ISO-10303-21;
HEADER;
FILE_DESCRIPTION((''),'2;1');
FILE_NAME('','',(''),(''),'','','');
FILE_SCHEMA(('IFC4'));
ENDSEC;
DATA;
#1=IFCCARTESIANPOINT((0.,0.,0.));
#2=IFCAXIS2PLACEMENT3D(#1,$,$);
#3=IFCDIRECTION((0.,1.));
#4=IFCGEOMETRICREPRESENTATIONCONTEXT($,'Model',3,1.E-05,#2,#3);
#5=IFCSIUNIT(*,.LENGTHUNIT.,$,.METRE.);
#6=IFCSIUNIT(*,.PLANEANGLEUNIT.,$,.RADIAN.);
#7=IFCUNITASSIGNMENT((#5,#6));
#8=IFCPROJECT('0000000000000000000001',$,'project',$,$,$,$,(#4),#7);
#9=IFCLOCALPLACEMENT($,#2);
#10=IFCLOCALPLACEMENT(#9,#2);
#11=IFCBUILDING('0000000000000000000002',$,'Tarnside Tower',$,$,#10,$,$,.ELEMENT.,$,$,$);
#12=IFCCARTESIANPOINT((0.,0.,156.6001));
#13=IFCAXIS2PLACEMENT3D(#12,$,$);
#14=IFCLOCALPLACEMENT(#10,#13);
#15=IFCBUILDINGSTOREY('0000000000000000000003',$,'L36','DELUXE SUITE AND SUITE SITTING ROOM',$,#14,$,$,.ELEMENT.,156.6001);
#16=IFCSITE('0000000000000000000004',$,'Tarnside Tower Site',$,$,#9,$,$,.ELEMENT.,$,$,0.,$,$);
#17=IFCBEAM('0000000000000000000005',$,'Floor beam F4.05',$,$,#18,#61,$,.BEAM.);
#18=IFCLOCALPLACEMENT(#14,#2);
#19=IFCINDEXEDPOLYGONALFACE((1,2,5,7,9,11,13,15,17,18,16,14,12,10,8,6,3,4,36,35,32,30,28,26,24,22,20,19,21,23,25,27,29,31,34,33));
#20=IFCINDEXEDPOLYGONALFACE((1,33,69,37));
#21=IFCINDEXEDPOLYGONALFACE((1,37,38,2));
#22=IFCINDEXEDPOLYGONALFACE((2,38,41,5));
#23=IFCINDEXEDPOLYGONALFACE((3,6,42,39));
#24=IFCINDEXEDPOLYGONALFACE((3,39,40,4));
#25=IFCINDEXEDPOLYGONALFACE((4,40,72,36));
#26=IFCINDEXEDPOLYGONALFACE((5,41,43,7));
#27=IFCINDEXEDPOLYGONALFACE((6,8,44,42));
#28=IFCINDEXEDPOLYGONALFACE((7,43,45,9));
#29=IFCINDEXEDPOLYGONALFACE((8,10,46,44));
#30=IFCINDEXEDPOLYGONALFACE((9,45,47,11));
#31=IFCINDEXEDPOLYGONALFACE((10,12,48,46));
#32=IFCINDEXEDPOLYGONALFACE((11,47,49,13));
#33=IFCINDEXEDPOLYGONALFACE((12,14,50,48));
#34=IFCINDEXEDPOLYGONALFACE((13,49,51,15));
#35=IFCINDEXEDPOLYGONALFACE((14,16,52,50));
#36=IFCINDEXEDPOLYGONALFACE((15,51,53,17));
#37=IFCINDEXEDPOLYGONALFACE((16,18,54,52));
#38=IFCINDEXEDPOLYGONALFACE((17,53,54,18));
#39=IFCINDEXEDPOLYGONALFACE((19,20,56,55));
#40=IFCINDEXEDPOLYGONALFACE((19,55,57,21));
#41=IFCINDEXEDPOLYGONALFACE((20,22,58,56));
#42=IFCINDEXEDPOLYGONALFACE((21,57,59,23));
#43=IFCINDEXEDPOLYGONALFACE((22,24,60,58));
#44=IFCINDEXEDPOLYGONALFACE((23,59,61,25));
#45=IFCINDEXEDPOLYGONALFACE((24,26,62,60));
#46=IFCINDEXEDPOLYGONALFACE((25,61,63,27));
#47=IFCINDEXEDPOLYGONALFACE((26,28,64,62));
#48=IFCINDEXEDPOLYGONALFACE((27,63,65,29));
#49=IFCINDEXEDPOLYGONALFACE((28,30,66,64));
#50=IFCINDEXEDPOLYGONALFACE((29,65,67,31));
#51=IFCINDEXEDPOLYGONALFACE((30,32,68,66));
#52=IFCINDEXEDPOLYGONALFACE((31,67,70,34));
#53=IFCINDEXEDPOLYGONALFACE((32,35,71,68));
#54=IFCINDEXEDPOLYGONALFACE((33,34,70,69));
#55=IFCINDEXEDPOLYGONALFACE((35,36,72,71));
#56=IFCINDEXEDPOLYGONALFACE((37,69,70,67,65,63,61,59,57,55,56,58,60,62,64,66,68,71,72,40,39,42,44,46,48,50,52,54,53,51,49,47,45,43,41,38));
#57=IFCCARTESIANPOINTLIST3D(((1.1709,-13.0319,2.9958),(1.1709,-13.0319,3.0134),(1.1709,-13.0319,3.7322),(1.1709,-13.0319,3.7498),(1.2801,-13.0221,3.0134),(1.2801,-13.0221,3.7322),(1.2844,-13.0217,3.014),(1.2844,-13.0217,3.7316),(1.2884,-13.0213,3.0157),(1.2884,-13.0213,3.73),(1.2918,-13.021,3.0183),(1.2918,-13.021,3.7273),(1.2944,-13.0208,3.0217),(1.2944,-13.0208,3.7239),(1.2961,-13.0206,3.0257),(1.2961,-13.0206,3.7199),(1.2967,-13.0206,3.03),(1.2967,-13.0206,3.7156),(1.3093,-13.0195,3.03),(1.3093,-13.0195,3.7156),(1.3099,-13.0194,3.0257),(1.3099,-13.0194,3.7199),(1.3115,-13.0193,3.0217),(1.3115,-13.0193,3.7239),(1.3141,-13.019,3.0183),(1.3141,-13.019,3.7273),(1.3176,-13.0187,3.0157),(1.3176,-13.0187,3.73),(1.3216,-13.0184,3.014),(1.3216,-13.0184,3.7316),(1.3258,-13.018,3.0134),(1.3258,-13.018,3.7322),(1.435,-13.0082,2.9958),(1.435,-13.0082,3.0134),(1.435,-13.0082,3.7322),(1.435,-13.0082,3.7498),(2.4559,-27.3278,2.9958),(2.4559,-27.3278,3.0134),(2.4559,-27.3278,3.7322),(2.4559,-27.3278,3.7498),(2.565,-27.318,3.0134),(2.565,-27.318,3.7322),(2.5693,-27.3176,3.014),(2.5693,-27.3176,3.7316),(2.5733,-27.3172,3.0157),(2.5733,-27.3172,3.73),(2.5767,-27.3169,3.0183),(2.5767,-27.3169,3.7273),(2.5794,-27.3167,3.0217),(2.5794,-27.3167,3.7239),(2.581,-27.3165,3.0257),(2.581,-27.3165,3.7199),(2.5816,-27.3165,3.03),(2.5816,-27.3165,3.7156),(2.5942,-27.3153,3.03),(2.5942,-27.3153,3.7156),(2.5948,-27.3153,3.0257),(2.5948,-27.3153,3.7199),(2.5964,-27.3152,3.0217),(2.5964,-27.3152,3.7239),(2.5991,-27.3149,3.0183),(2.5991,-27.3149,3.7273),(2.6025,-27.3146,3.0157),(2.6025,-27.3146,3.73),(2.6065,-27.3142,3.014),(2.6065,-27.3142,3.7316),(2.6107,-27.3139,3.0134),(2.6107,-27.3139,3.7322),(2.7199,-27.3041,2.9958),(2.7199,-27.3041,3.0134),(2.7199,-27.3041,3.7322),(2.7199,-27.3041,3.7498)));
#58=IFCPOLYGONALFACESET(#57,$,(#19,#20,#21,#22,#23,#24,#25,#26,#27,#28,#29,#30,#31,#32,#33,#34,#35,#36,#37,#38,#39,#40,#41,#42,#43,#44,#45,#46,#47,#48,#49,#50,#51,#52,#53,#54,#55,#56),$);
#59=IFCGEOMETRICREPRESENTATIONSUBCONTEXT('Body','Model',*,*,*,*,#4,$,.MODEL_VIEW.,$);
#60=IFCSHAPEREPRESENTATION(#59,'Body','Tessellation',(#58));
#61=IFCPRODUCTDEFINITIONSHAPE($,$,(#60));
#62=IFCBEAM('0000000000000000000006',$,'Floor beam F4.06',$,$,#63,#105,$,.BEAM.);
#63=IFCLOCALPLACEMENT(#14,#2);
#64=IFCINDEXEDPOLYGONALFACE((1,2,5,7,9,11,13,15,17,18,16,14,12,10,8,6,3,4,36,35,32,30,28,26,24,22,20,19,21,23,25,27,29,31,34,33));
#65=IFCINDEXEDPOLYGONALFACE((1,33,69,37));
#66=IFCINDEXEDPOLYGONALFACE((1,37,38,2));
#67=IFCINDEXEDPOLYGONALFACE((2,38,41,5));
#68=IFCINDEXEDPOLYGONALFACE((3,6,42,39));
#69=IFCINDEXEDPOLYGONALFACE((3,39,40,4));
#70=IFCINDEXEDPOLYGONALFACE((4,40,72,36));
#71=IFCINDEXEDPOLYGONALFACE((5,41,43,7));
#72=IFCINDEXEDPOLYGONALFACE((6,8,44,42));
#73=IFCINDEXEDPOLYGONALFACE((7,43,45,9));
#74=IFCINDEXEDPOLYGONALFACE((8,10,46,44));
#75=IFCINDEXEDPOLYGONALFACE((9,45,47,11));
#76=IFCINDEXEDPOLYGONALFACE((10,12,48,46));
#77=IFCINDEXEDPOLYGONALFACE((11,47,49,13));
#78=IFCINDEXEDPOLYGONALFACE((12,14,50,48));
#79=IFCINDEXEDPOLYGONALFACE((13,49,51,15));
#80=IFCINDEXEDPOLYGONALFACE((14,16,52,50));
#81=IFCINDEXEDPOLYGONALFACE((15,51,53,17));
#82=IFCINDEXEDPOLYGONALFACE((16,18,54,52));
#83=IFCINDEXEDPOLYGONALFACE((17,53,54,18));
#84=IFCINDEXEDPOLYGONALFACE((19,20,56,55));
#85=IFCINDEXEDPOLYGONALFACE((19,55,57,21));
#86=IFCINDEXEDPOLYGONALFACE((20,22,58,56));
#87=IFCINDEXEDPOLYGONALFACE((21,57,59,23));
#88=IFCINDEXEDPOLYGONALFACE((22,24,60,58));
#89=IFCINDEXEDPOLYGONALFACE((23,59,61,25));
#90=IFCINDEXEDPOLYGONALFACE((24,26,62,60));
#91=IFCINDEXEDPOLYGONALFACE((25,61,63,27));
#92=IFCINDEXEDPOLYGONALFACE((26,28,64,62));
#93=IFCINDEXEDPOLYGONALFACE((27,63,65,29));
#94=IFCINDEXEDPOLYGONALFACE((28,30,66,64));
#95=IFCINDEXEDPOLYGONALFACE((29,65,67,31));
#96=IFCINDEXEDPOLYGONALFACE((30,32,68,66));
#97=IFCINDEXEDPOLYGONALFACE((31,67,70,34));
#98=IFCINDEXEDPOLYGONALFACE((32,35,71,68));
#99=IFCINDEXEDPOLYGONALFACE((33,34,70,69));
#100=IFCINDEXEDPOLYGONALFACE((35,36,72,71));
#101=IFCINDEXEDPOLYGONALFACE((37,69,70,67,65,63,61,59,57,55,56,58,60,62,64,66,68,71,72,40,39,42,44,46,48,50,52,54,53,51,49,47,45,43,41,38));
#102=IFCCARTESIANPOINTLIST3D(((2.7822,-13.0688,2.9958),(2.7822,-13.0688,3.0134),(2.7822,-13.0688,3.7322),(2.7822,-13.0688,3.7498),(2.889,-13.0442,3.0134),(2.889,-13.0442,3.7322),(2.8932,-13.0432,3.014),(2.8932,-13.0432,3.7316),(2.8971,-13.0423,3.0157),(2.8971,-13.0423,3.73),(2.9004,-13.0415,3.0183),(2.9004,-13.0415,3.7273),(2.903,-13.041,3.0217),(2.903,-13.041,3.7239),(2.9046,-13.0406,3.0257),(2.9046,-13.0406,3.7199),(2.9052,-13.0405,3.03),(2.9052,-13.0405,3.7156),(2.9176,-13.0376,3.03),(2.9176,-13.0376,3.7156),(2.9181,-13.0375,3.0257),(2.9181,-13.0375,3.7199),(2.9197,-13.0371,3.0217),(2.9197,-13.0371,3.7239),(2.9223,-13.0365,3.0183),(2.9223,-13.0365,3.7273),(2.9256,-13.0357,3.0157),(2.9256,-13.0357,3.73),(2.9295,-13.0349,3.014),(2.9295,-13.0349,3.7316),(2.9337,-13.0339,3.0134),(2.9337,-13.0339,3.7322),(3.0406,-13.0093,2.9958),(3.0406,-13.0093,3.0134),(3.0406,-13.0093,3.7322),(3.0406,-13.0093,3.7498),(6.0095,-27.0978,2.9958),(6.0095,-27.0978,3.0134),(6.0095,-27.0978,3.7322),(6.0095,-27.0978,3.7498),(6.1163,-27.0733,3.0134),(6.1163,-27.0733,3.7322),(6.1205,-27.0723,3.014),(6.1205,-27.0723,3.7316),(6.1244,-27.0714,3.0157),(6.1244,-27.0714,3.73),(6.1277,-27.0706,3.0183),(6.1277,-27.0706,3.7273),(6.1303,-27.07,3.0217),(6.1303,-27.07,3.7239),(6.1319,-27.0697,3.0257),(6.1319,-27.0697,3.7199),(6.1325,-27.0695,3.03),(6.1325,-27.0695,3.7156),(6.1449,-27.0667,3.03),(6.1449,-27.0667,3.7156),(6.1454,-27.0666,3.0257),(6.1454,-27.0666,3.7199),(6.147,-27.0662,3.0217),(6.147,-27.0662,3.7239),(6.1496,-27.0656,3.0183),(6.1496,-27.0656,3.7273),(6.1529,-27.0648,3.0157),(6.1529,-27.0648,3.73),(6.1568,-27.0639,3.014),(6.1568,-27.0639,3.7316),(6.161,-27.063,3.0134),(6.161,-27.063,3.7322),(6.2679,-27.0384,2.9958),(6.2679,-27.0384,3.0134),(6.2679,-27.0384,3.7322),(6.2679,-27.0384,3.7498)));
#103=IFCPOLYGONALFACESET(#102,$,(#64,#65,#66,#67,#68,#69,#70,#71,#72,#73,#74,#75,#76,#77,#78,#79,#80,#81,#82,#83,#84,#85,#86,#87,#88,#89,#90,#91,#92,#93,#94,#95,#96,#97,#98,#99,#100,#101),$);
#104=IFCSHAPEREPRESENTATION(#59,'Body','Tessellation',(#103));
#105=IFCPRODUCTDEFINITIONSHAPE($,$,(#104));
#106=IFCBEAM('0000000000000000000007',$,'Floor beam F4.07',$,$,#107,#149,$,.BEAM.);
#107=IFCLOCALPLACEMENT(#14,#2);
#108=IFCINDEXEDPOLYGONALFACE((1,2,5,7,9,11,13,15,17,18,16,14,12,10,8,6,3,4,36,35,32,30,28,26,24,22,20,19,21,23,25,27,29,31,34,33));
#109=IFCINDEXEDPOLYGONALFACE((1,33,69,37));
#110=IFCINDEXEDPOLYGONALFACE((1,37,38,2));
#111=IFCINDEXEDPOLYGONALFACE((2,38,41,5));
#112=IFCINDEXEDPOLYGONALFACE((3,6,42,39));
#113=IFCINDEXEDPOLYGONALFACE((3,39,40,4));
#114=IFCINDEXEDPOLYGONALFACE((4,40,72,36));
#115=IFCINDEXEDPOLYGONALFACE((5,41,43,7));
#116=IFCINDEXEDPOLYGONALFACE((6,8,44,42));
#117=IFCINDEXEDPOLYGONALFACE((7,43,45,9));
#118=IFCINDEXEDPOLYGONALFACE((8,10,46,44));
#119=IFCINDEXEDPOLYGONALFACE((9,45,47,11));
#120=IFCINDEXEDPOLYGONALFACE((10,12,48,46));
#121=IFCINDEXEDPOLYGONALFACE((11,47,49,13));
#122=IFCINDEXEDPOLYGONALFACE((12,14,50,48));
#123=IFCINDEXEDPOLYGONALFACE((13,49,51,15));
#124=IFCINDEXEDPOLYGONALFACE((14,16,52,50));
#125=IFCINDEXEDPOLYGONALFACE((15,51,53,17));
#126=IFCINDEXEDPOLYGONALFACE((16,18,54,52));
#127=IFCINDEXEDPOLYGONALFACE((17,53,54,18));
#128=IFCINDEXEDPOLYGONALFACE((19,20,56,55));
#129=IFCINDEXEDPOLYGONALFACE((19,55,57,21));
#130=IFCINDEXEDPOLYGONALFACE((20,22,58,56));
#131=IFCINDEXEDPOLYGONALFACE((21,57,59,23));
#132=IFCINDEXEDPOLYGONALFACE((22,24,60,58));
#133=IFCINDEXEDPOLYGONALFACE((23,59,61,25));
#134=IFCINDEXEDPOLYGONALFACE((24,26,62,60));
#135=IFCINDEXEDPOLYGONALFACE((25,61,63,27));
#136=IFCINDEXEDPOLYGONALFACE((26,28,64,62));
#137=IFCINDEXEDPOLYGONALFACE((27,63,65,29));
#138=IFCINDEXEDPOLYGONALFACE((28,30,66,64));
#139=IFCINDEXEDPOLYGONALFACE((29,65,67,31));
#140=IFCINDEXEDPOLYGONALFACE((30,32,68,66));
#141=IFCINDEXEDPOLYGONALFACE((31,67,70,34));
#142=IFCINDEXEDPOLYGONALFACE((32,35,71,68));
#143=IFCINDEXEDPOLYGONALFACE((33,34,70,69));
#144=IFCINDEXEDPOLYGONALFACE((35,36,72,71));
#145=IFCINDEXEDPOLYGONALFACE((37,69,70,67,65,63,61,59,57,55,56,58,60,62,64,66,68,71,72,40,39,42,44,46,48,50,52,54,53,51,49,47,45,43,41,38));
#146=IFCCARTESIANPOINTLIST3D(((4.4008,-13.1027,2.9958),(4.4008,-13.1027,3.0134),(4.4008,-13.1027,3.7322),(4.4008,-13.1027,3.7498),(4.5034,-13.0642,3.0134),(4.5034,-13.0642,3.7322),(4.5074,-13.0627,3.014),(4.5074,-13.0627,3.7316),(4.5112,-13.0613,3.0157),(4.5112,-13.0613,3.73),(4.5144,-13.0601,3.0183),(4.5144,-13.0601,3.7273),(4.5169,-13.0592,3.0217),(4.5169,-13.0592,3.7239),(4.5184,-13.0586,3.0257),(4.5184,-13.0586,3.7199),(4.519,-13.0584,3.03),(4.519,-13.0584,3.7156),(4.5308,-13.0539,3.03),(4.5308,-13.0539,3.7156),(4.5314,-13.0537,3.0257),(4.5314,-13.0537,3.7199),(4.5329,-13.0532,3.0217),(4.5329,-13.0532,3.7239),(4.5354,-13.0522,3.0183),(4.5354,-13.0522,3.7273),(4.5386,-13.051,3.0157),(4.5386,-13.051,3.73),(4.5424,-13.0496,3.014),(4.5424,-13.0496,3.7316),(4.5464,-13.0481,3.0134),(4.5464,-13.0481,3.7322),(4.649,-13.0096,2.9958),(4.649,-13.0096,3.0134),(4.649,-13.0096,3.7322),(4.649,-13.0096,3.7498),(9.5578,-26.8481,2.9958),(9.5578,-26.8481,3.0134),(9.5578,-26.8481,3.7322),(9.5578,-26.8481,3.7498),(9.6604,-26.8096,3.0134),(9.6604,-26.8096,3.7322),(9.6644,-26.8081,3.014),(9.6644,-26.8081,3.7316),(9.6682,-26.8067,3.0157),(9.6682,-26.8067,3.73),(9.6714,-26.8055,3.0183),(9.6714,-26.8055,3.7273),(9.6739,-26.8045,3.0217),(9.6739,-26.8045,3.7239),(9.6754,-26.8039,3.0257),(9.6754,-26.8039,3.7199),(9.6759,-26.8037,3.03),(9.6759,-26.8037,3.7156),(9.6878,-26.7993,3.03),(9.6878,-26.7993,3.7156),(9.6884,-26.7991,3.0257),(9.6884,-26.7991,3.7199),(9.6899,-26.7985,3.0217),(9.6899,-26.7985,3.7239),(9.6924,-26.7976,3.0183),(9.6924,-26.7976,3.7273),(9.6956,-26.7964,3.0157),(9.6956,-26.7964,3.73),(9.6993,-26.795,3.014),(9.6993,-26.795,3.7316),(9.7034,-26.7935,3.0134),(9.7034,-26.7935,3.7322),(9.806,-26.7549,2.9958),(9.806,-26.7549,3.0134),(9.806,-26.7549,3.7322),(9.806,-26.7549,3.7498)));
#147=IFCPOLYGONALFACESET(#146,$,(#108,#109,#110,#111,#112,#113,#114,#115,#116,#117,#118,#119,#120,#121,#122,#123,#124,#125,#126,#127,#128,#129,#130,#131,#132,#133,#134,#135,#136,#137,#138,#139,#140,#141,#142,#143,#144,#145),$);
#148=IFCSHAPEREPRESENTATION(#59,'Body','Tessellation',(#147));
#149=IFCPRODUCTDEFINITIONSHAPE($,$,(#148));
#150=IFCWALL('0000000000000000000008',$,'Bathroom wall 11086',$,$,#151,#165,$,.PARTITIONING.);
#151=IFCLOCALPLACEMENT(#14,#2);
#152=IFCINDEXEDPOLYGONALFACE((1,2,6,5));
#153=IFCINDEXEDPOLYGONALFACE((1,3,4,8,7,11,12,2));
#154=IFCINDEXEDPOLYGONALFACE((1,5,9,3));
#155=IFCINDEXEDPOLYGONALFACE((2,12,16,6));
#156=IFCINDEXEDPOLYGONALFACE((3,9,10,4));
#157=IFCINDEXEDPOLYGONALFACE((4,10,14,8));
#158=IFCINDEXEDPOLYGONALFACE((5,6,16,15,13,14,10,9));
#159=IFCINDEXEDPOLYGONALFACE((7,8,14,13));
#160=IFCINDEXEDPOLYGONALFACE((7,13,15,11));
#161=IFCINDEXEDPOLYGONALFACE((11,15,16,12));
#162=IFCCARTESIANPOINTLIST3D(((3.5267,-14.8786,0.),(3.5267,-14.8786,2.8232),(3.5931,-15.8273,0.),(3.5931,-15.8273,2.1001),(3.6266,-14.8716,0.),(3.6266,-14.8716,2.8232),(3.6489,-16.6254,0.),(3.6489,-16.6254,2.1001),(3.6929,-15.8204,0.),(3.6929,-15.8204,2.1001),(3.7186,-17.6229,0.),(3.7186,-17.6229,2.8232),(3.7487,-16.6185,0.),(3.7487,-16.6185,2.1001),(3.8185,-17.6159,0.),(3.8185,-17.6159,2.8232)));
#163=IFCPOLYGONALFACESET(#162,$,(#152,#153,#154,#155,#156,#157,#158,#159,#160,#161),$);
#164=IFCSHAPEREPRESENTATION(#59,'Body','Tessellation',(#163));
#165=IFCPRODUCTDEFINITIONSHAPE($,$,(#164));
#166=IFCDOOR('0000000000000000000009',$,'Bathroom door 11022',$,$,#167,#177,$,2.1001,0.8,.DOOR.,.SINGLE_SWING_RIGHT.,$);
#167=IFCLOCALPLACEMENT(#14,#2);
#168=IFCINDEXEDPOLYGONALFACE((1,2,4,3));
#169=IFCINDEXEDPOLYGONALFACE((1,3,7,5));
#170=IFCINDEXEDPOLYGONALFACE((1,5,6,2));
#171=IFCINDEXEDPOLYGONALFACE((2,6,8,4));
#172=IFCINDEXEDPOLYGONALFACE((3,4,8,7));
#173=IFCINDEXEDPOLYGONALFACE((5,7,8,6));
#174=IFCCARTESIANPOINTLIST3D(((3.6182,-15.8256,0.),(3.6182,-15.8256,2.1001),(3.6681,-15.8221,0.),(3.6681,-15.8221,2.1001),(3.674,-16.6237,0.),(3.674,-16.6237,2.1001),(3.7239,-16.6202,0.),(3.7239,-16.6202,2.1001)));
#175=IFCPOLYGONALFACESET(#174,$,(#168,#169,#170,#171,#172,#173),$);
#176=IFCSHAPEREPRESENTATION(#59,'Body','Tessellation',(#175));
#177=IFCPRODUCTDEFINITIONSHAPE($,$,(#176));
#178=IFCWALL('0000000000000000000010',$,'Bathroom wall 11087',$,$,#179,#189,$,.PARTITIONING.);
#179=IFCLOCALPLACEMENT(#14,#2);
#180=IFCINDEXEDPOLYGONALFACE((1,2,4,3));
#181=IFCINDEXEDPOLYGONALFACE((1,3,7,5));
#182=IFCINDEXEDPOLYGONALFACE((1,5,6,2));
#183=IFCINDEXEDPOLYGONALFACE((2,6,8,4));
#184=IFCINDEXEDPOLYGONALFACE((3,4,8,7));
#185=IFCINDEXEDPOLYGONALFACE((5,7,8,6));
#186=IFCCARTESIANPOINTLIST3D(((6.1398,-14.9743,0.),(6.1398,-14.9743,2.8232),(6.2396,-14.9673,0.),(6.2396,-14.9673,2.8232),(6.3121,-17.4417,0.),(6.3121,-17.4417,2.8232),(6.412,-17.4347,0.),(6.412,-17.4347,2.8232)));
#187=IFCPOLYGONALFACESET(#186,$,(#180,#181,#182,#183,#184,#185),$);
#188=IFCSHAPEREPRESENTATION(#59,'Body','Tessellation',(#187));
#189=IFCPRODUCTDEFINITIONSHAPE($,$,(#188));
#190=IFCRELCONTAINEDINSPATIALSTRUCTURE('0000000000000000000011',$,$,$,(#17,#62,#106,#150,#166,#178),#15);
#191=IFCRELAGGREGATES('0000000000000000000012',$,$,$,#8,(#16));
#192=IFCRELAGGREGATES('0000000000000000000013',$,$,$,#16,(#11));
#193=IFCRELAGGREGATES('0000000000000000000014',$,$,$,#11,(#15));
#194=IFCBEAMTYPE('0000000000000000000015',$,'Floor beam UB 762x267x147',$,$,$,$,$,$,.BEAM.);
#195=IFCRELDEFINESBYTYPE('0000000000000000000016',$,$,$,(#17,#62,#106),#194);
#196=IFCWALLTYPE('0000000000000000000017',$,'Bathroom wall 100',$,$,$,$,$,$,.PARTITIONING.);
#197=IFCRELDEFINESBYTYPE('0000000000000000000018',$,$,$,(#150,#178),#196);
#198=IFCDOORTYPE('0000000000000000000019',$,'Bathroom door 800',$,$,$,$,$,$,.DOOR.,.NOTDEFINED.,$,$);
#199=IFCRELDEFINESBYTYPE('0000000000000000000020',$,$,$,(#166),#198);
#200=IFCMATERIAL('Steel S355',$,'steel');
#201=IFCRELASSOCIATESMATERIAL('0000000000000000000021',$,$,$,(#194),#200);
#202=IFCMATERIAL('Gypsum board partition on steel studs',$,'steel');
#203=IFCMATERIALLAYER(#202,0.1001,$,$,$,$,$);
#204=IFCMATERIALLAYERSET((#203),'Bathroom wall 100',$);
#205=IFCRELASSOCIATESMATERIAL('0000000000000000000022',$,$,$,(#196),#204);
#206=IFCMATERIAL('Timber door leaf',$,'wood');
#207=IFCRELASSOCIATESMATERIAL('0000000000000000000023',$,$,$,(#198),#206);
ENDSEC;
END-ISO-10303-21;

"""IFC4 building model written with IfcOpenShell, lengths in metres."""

from ifc_helpers import new_model, si_unit, direction, frame, frame_2d, origin, origin_2d, place, context, subcontext, project, spatial, rectangle, i_section, extrude, material, layer, layer_set, material_profile, profile_set, type_object, element, fill, save


model = new_model("IFC4")

# Units and contexts
model_context = context("Model", 3, precision=1e-05, world=origin(), true_north=direction((0.0, 1.0)))
body_context = subcontext(model_context, "Body", "Model", "MODEL_VIEW")
ifc_project = project(units=[si_unit("LENGTHUNIT", "METRE"), si_unit("PLANEANGLEUNIT", "RADIAN")], contexts=[model_context])

# Site, building, storey
site_placement = place(None, origin())
site = spatial("IfcSite", under=ifc_project, at=site_placement, Name="Tarnside Tower Site", CompositionType="ELEMENT", RefElevation=0.0)
building_placement = place(site_placement, origin())
building = spatial("IfcBuilding", under=site, at=building_placement, Name="Tarnside Tower", CompositionType="ELEMENT")
storey_placement = place(building_placement, frame((0.0, 0.0, 156.6001)))
storey = spatial("IfcBuildingStorey", under=building, at=storey_placement, Name="L36", Description="DELUXE SUITE AND SUITE SITTING ROOM", CompositionType="ELEMENT", Elevation=156.6001)

# Beams
ifc_material_1 = material(Name="Steel S355", Category="steel")
ifc_material_profile = material_profile(ifc_material_1, i_section(OverallWidth=0.2651, OverallDepth=0.7539, WebThickness=0.0127, FlangeThickness=0.0176, FilletRadius=0.0166, at=origin_2d()), Name="UB 762x267x147")
ifc_profile_set = profile_set([ifc_material_profile], Name="Steel S355")
beam_type = type_object("IfcBeamType", Name="Floor beam UB 762x267x147", PredefinedType="BEAM", material=ifc_profile_set)
beam_1_placement = place(storey_placement, frame((2.5879, -27.3159, 3.3728), z_axis=(-0.089519, 0.995985, 0.0), x_axis=(-0.995985, -0.089519, 0.0)))
element("IfcBeam", 1, at=beam_1_placement, inside=storey, type_object=beam_type, Name="Floor beam F4.05", PredefinedType="BEAM", context=body_context, shape_type="SweptSolid", body=[
    extrude(i_section(OverallWidth=0.2651, OverallDepth=0.7539, WebThickness=0.0127, FlangeThickness=0.0176, FilletRadius=0.0166, at=origin_2d()), origin(), (0.0, 0.0, 1.0), 14.3535),
])
beam_2_placement = place(storey_placement, frame((6.1387, -27.0681, 3.3728), z_axis=(-0.224188, 0.974546, 0.0), x_axis=(-0.974546, -0.224188, 0.0)))
element("IfcBeam", 2, at=beam_2_placement, inside=storey, type_object=beam_type, Name="Floor beam F4.06", PredefinedType="BEAM", context=body_context, shape_type="SweptSolid", body=[
    extrude(i_section(OverallWidth=0.2651, OverallDepth=0.7539, WebThickness=0.0127, FlangeThickness=0.0176, FilletRadius=0.0166, at=origin_2d()), origin(), (0.0, 0.0, 1.0), 14.3955),
])
beam_3_placement = place(storey_placement, frame((9.6819, -26.8015, 3.3728), z_axis=(-0.351271, 0.936274, 0.0), x_axis=(-0.936274, -0.351271, 0.0)))
element("IfcBeam", 3, at=beam_3_placement, inside=storey, type_object=beam_type, Name="Floor beam F4.07", PredefinedType="BEAM", context=body_context, shape_type="SweptSolid", body=[
    extrude(i_section(OverallWidth=0.2651, OverallDepth=0.7539, WebThickness=0.0127, FlangeThickness=0.0176, FilletRadius=0.0166, at=origin_2d()), origin(), (0.0, 0.0, 1.0), 14.6809),
])

# Wall, opening, door
ifc_material_2 = material(Name="Gypsum board partition on steel studs", Category="steel")
ifc_layer_1 = layer(ifc_material_2, 0.1001)
ifc_layer_set_1 = layer_set([ifc_layer_1], Name="Bathroom wall 100")
wall_type_1 = type_object("IfcWallType", Name="Bathroom wall 100", PredefinedType="PARTITIONING", material=ifc_layer_set_1)
wall_1_placement = place(storey_placement, frame((3.7686, -17.6194, 0.0), z_axis=(0.0, 0.0, 1.0), x_axis=(-0.069752, 0.997564, 0.0)))
wall_1 = element("IfcWall", 4, at=wall_1_placement, inside=storey, type_object=wall_type_1, Name="Bathroom wall 11086", PredefinedType="PARTITIONING", context=body_context, shape_type="SweptSolid", body=[
    extrude(rectangle(XDim=2.751, YDim=0.1001, at=frame_2d((1.3755, 0.0))), origin(), (0.0, 0.0, 1.0), 2.8232),
])
opening_1_placement = place(wall_1_placement, frame((1.0, 0.0, 0.0)))
opening_1 = element("IfcOpeningElement", 5, at=opening_1_placement, cuts=wall_1, PredefinedType="OPENING", context=body_context, shape_type="SweptSolid", body=[
    extrude(rectangle(XDim=0.8, YDim=2.1001, at=frame_2d((0.3999, 1.05))), frame((0.0, 0.0601, 0.0), z_axis=(0.0, -1.0, 0.0), x_axis=(1.0, 0.0, 0.0)), (0.0, 0.0, 1.0), 0.1201),
])
ifc_material_3 = material(Name="Timber door leaf", Category="wood")
door_type_1 = type_object("IfcDoorType", Name="Bathroom door 800", OperationType="NOTDEFINED", PredefinedType="DOOR", material=ifc_material_3)
door_1_placement = place(opening_1_placement, origin())
door_1 = element("IfcDoor", 6, at=door_1_placement, inside=storey, type_object=door_type_1, Name="Bathroom door 11022", OperationType="SINGLE_SWING_RIGHT", OverallHeight=2.1001, OverallWidth=0.8, PredefinedType="DOOR", context=body_context, shape_type="SweptSolid", body=[
    extrude(rectangle(XDim=0.8, YDim=2.1001, at=frame_2d((0.3999, 1.05))), frame((0.0, 0.0249, 0.0), z_axis=(0.0, -1.0, 0.0), x_axis=(1.0, 0.0, 0.0)), (0.0, 0.0, 1.0), 0.05),
])
fill(opening_1, door_1)

# Wall
wall_2_placement = place(storey_placement, frame((6.1897, -14.9707, 0.0), z_axis=(0.0, 0.0, 1.0), x_axis=(0.06969, -0.997569, 0.0)))
element("IfcWall", 7, at=wall_2_placement, inside=storey, type_object=wall_type_1, Name="Bathroom wall 11087", PredefinedType="PARTITIONING", context=body_context, shape_type="SweptSolid", body=[
    extrude(rectangle(XDim=2.4734, YDim=0.1001, at=frame_2d((1.2368, 0.0))), origin(), (0.0, 0.0, 1.0), 2.8232),
])

save(model, "model.ifc")
